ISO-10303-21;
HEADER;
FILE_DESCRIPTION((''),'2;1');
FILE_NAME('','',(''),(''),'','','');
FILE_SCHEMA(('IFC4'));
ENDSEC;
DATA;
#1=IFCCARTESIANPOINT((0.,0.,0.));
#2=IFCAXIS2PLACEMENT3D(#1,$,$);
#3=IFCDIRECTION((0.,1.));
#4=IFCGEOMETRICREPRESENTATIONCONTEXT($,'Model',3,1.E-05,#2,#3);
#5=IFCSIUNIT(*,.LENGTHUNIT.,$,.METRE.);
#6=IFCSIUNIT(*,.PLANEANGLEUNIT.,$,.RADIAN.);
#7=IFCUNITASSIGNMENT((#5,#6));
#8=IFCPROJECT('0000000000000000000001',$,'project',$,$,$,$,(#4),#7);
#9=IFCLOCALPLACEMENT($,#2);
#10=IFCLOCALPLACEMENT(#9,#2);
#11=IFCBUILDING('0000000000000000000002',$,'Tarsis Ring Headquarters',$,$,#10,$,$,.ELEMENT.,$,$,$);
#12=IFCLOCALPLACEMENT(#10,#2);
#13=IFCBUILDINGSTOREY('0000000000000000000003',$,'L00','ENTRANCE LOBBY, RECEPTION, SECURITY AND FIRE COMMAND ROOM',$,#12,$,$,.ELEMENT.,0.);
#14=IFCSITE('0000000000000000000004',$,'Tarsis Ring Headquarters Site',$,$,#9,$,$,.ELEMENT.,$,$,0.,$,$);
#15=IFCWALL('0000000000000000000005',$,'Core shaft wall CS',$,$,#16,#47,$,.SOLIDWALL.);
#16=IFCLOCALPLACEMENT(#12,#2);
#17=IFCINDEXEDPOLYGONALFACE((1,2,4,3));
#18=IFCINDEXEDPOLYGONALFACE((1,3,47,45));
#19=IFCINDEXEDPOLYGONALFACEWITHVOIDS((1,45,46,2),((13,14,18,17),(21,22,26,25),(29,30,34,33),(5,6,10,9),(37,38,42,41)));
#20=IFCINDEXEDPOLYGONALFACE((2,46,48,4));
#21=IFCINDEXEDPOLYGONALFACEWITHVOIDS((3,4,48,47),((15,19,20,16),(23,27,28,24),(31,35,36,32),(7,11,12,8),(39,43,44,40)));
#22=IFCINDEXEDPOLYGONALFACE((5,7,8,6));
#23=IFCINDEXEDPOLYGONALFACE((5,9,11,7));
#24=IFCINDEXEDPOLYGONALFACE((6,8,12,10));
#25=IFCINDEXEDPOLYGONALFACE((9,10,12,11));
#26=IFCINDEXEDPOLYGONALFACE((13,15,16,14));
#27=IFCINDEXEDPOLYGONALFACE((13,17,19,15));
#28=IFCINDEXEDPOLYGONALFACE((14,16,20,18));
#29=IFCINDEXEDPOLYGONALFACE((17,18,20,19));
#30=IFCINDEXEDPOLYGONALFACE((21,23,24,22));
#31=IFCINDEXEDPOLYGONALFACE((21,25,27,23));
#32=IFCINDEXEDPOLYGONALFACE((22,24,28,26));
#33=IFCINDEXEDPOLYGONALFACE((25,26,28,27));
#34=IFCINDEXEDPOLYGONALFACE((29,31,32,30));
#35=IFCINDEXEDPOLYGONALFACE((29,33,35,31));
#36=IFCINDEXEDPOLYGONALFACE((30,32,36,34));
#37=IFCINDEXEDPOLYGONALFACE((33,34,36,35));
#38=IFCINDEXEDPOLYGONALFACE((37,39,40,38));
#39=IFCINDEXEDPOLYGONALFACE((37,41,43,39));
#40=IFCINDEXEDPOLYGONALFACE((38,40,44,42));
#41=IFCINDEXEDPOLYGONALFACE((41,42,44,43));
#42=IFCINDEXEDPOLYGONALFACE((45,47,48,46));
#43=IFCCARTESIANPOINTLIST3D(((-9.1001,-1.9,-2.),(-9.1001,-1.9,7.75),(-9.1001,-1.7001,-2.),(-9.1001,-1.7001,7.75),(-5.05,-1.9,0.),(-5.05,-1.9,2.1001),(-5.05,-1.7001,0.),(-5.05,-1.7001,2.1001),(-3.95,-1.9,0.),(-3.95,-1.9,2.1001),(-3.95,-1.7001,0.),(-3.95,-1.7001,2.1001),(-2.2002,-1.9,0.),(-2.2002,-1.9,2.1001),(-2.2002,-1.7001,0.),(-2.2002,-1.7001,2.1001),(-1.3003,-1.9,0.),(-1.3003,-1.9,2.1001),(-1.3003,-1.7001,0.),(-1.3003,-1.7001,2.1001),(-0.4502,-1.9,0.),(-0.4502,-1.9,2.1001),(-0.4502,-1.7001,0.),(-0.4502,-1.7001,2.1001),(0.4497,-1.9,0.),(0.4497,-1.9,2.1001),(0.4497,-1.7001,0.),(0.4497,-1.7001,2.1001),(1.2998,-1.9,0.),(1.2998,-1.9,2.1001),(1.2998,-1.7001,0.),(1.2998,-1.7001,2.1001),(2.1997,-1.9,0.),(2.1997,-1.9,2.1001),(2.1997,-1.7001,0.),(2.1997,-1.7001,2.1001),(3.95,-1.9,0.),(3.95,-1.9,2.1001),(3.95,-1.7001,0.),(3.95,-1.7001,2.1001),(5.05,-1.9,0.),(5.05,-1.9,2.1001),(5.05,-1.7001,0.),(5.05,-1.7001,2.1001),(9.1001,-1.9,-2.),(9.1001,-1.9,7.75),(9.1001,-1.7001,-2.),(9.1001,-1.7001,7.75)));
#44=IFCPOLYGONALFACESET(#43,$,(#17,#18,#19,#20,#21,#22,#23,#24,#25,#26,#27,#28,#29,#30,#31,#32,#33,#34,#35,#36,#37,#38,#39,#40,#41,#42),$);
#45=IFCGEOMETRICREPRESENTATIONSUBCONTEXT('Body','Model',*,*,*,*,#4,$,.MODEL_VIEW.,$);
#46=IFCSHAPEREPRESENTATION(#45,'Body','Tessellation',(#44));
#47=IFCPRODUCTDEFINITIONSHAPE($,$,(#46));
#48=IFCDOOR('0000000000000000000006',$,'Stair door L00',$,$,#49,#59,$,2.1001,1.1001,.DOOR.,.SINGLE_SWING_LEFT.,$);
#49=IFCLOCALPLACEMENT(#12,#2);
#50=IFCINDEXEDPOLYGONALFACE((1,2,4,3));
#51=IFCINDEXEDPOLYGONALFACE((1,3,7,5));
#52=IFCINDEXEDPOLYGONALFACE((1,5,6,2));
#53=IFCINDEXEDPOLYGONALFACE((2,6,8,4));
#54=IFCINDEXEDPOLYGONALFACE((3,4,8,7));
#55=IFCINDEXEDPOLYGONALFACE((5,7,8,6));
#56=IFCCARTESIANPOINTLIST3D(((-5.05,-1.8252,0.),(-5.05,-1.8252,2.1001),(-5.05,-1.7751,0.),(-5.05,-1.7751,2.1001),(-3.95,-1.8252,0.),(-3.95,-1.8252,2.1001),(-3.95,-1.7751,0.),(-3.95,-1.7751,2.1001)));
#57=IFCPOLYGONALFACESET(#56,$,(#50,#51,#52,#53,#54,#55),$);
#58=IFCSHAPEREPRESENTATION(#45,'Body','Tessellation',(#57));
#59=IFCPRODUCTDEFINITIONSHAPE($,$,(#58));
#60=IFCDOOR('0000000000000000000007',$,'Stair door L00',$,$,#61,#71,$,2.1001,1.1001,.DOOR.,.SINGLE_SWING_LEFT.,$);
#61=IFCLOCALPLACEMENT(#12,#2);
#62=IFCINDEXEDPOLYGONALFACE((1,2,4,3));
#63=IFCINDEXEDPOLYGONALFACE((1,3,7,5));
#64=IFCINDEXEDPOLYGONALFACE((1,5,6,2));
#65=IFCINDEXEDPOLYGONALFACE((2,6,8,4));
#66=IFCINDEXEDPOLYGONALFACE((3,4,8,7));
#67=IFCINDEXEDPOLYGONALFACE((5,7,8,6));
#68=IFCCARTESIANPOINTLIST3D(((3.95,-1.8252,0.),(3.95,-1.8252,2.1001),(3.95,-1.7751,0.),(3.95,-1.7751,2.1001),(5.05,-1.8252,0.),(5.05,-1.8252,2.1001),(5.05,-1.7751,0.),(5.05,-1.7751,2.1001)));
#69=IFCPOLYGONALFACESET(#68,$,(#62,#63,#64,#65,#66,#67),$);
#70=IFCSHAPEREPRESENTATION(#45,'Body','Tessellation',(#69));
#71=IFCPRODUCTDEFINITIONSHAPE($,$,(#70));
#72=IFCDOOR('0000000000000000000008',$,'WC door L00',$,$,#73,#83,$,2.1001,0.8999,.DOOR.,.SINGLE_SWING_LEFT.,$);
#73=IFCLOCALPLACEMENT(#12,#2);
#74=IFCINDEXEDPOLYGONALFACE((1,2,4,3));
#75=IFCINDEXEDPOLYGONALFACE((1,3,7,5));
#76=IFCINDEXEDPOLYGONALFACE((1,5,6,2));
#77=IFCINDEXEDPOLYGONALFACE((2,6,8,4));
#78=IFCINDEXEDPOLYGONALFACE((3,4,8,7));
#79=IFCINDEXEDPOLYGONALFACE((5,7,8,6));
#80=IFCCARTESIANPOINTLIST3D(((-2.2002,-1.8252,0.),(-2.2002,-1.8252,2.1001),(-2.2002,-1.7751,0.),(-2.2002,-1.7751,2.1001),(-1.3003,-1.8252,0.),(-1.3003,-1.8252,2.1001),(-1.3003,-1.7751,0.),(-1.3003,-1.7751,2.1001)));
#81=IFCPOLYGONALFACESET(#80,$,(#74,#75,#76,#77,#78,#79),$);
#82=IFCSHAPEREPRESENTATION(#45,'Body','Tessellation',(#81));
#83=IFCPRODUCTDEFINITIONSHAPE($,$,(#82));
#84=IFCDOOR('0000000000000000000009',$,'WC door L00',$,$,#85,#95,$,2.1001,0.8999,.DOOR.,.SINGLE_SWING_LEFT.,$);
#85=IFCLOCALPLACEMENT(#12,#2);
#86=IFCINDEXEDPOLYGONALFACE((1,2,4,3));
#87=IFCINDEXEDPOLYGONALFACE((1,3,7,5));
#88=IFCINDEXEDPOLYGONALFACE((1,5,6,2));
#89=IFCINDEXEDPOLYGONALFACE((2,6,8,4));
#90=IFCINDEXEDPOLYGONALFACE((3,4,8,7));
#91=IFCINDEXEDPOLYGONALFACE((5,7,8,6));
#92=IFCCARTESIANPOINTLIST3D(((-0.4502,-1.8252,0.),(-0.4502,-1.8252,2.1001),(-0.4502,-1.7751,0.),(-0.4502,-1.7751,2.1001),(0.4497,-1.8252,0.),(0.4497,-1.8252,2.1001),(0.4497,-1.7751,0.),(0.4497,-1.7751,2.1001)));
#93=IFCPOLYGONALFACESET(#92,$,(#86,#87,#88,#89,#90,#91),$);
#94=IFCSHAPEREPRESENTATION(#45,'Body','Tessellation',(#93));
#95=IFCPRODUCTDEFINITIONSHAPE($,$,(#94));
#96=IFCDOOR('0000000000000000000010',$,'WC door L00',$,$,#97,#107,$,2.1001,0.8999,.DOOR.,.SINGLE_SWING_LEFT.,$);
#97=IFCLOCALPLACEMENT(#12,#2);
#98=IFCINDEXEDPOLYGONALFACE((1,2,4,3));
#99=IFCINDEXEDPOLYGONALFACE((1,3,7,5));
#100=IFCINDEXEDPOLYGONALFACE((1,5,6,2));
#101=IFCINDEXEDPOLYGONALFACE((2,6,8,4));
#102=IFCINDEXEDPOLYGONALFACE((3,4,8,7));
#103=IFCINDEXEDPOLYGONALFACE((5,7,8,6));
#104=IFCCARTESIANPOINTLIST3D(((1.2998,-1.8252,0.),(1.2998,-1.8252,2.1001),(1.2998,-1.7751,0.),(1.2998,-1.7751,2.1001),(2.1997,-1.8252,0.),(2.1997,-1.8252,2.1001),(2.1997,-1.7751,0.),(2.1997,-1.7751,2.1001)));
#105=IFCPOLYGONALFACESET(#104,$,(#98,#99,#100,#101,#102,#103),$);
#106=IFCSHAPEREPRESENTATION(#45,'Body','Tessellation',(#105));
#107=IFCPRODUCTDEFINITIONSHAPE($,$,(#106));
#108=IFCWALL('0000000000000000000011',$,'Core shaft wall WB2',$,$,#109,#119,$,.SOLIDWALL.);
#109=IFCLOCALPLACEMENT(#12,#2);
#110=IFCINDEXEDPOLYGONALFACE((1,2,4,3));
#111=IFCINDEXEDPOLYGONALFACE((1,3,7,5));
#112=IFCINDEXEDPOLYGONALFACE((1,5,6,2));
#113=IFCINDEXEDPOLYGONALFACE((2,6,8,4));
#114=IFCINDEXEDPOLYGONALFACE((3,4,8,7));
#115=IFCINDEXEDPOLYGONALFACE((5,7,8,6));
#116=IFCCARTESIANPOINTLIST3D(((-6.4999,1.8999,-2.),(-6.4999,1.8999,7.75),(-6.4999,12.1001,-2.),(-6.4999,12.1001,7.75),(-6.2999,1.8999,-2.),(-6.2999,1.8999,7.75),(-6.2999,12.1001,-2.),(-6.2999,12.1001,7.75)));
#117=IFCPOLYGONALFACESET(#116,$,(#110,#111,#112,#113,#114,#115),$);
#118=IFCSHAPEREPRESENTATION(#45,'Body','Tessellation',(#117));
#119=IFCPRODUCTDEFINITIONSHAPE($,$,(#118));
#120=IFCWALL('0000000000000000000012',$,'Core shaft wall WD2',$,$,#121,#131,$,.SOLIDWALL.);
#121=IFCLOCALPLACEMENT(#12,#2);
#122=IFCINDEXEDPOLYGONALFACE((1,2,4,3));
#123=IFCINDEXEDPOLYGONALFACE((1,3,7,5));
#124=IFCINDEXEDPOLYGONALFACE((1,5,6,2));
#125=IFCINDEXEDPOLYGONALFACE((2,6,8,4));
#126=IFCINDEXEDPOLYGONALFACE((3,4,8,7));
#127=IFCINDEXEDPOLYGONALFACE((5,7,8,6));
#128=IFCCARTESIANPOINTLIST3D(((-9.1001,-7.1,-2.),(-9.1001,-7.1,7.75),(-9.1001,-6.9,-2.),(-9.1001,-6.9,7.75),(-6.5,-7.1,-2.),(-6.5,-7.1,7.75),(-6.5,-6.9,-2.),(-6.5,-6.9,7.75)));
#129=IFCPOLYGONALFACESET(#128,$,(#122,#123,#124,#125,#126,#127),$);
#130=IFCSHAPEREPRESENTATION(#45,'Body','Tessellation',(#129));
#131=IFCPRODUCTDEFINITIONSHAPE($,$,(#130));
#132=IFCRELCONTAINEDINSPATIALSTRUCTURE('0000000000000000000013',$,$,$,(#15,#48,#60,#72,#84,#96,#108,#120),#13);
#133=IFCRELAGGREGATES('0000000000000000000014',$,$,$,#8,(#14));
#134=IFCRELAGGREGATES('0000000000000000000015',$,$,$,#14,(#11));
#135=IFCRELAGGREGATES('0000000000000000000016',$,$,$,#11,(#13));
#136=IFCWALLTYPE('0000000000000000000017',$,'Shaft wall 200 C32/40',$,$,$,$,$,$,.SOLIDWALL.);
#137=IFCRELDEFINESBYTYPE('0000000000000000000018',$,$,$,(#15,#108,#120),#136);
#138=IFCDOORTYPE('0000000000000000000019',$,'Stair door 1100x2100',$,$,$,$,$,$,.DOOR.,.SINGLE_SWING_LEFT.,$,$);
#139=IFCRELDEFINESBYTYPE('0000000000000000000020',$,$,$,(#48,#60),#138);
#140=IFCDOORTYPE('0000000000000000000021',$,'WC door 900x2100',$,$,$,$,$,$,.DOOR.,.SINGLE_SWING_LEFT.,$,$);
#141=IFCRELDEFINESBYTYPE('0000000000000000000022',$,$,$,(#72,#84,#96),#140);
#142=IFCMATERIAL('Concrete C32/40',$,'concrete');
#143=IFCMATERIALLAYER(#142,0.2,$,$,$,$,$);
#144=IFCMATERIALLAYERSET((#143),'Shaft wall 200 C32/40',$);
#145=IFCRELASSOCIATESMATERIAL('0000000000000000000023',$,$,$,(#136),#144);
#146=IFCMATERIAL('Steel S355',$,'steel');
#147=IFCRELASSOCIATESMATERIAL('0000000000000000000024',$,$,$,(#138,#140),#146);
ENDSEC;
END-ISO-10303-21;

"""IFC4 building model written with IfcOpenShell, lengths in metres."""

from ifc_helpers import new_model, si_unit, direction, frame, frame_2d, origin, place, context, subcontext, project, spatial, rectangle, extrude, material, layer, layer_set, type_object, element, fill, save


model = new_model("IFC4")

# Units and contexts
model_context = context("Model", 3, precision=1e-05, world=origin(), true_north=direction((0.0, 1.0)))
body_context = subcontext(model_context, "Body", "Model", "MODEL_VIEW")
ifc_project = project(units=[si_unit("LENGTHUNIT", "METRE"), si_unit("PLANEANGLEUNIT", "RADIAN")], contexts=[model_context])

# Site, building, storey
site_placement = place(None, origin())
site = spatial("IfcSite", under=ifc_project, at=site_placement, Name="Tarsis Ring Headquarters Site", CompositionType="ELEMENT", RefElevation=0.0)
building_placement = place(site_placement, origin())
building = spatial("IfcBuilding", under=site, at=building_placement, Name="Tarsis Ring Headquarters", CompositionType="ELEMENT")
storey_placement = place(building_placement, origin())
storey = spatial("IfcBuildingStorey", under=building, at=storey_placement, Name="L00", Description="ENTRANCE LOBBY, RECEPTION, SECURITY AND FIRE COMMAND ROOM", CompositionType="ELEMENT", Elevation=0.0)

# Wall, openings, doors
ifc_material_1 = material(Name="Concrete C32/40", Category="concrete")
ifc_layer = layer(ifc_material_1, 0.2)
ifc_layer_set = layer_set([ifc_layer], Name="Shaft wall 200 C32/40")
wall_type = type_object("IfcWallType", Name="Shaft wall 200 C32/40", PredefinedType="SOLIDWALL", material=ifc_layer_set)
ifc_material_2 = material(Name="Steel S355", Category="steel")
door_type_1 = type_object("IfcDoorType", Name="Stair door 1100x2100", OperationType="SINGLE_SWING_LEFT", PredefinedType="DOOR", material=ifc_material_2)
wall_1_placement = place(storey_placement, frame((-9.1001, -1.8, -2.0), z_axis=(0.0, 0.0, 1.0), x_axis=(1.0, 0.0, 0.0)))
wall_1 = element("IfcWall", 1, at=wall_1_placement, inside=storey, type_object=wall_type, Name="Core shaft wall CS", PredefinedType="SOLIDWALL", context=body_context, shape_type="SweptSolid", body=[
    extrude(rectangle(XDim=18.2002, YDim=0.2, at=frame_2d((9.1001, 0.0))), origin(), (0.0, 0.0, 1.0), 9.75),
])
opening_1_placement = place(wall_1_placement, frame((4.05, 0.0, 2.0)))
opening_1 = element("IfcOpeningElement", 2, at=opening_1_placement, cuts=wall_1, PredefinedType="OPENING", context=body_context, shape_type="SweptSolid", body=[
    extrude(rectangle(XDim=1.1001, YDim=2.1001, at=frame_2d((0.55, 1.05))), frame((0.0, 0.1099, 0.0), z_axis=(0.0, -1.0, 0.0), x_axis=(1.0, 0.0, 0.0)), (0.0, 0.0, 1.0), 0.22),
])
opening_2_placement = place(wall_1_placement, frame((6.8999, 0.0, 2.0)))
opening_2 = element("IfcOpeningElement", 3, at=opening_2_placement, cuts=wall_1, PredefinedType="OPENING", context=body_context, shape_type="SweptSolid", body=[
    extrude(rectangle(XDim=0.8999, YDim=2.1001, at=frame_2d((0.45, 1.05))), frame((0.0, 0.1099, 0.0), z_axis=(0.0, -1.0, 0.0), x_axis=(1.0, 0.0, 0.0)), (0.0, 0.0, 1.0), 0.22),
])
opening_3_placement = place(wall_1_placement, frame((8.6499, 0.0, 2.0)))
opening_3 = element("IfcOpeningElement", 4, at=opening_3_placement, cuts=wall_1, PredefinedType="OPENING", context=body_context, shape_type="SweptSolid", body=[
    extrude(rectangle(XDim=0.8999, YDim=2.1001, at=frame_2d((0.45, 1.05))), frame((0.0, 0.1099, 0.0), z_axis=(0.0, -1.0, 0.0), x_axis=(1.0, 0.0, 0.0)), (0.0, 0.0, 1.0), 0.22),
])
opening_4_placement = place(wall_1_placement, frame((10.3999, 0.0, 2.0)))
opening_4 = element("IfcOpeningElement", 5, at=opening_4_placement, cuts=wall_1, PredefinedType="OPENING", context=body_context, shape_type="SweptSolid", body=[
    extrude(rectangle(XDim=0.8999, YDim=2.1001, at=frame_2d((0.45, 1.05))), frame((0.0, 0.1099, 0.0), z_axis=(0.0, -1.0, 0.0), x_axis=(1.0, 0.0, 0.0)), (0.0, 0.0, 1.0), 0.22),
])
opening_5_placement = place(wall_1_placement, frame((13.05, 0.0, 2.0)))
opening_5 = element("IfcOpeningElement", 6, at=opening_5_placement, cuts=wall_1, PredefinedType="OPENING", context=body_context, shape_type="SweptSolid", body=[
    extrude(rectangle(XDim=1.1001, YDim=2.1001, at=frame_2d((0.55, 1.05))), frame((0.0, 0.1099, 0.0), z_axis=(0.0, -1.0, 0.0), x_axis=(1.0, 0.0, 0.0)), (0.0, 0.0, 1.0), 0.22),
])
door_1_placement = place(opening_1_placement, origin())
door_1 = element("IfcDoor", 7, at=door_1_placement, inside=storey, type_object=door_type_1, Name="Stair door L00", OperationType="SINGLE_SWING_LEFT", OverallHeight=2.1001, OverallWidth=1.1001, PredefinedType="DOOR", context=body_context, shape_type="SweptSolid", body=[
    extrude(rectangle(XDim=1.1001, YDim=2.1001, at=frame_2d((0.55, 1.05))), frame((0.0, 0.0249, 0.0), z_axis=(0.0, -1.0, 0.0), x_axis=(1.0, 0.0, 0.0)), (0.0, 0.0, 1.0), 0.05),
])
fill(opening_1, door_1)
door_2_placement = place(opening_5_placement, origin())
door_2 = element("IfcDoor", 8, at=door_2_placement, inside=storey, type_object=door_type_1, Name="Stair door L00", OperationType="SINGLE_SWING_LEFT", OverallHeight=2.1001, OverallWidth=1.1001, PredefinedType="DOOR", context=body_context, shape_type="SweptSolid", body=[
    extrude(rectangle(XDim=1.1001, YDim=2.1001, at=frame_2d((0.55, 1.05))), frame((0.0, 0.0249, 0.0), z_axis=(0.0, -1.0, 0.0), x_axis=(1.0, 0.0, 0.0)), (0.0, 0.0, 1.0), 0.05),
])
fill(opening_5, door_2)
door_type_2 = type_object("IfcDoorType", Name="WC door 900x2100", OperationType="SINGLE_SWING_LEFT", PredefinedType="DOOR", material=ifc_material_2)
door_3_placement = place(opening_2_placement, origin())
door_3 = element("IfcDoor", 9, at=door_3_placement, inside=storey, type_object=door_type_2, Name="WC door L00", OperationType="SINGLE_SWING_LEFT", OverallHeight=2.1001, OverallWidth=0.8999, PredefinedType="DOOR", context=body_context, shape_type="SweptSolid", body=[
    extrude(rectangle(XDim=0.8999, YDim=2.1001, at=frame_2d((0.45, 1.05))), frame((0.0, 0.0249, 0.0), z_axis=(0.0, -1.0, 0.0), x_axis=(1.0, 0.0, 0.0)), (0.0, 0.0, 1.0), 0.05),
])
fill(opening_2, door_3)
door_4_placement = place(opening_3_placement, origin())
door_4 = element("IfcDoor", 10, at=door_4_placement, inside=storey, type_object=door_type_2, Name="WC door L00", OperationType="SINGLE_SWING_LEFT", OverallHeight=2.1001, OverallWidth=0.8999, PredefinedType="DOOR", context=body_context, shape_type="SweptSolid", body=[
    extrude(rectangle(XDim=0.8999, YDim=2.1001, at=frame_2d((0.45, 1.05))), frame((0.0, 0.0249, 0.0), z_axis=(0.0, -1.0, 0.0), x_axis=(1.0, 0.0, 0.0)), (0.0, 0.0, 1.0), 0.05),
])
fill(opening_3, door_4)
door_5_placement = place(opening_4_placement, origin())
door_5 = element("IfcDoor", 11, at=door_5_placement, inside=storey, type_object=door_type_2, Name="WC door L00", OperationType="SINGLE_SWING_LEFT", OverallHeight=2.1001, OverallWidth=0.8999, PredefinedType="DOOR", context=body_context, shape_type="SweptSolid", body=[
    extrude(rectangle(XDim=0.8999, YDim=2.1001, at=frame_2d((0.45, 1.05))), frame((0.0, 0.0249, 0.0), z_axis=(0.0, -1.0, 0.0), x_axis=(1.0, 0.0, 0.0)), (0.0, 0.0, 1.0), 0.05),
])
fill(opening_4, door_5)

# Walls
wall_2_placement = place(storey_placement, frame((-6.3999, 1.8999, -2.0), z_axis=(0.0, 0.0, 1.0), x_axis=(0.0, 1.0, 0.0)))
element("IfcWall", 12, at=wall_2_placement, inside=storey, type_object=wall_type, Name="Core shaft wall WB2", PredefinedType="SOLIDWALL", context=body_context, shape_type="SweptSolid", body=[
    extrude(rectangle(XDim=10.2002, YDim=0.2, at=frame_2d((5.1001, 0.0))), origin(), (0.0, 0.0, 1.0), 9.75),
])
wall_3_placement = place(storey_placement, frame((-9.1001, -7.0, -2.0), z_axis=(0.0, 0.0, 1.0), x_axis=(1.0, 0.0, 0.0)))
element("IfcWall", 13, at=wall_3_placement, inside=storey, type_object=wall_type, Name="Core shaft wall WD2", PredefinedType="SOLIDWALL", context=body_context, shape_type="SweptSolid", body=[
    extrude(rectangle(XDim=2.6001, YDim=0.2, at=frame_2d((1.3, 0.0))), origin(), (0.0, 0.0, 1.0), 9.75),
])

save(model, "model.ifc")
